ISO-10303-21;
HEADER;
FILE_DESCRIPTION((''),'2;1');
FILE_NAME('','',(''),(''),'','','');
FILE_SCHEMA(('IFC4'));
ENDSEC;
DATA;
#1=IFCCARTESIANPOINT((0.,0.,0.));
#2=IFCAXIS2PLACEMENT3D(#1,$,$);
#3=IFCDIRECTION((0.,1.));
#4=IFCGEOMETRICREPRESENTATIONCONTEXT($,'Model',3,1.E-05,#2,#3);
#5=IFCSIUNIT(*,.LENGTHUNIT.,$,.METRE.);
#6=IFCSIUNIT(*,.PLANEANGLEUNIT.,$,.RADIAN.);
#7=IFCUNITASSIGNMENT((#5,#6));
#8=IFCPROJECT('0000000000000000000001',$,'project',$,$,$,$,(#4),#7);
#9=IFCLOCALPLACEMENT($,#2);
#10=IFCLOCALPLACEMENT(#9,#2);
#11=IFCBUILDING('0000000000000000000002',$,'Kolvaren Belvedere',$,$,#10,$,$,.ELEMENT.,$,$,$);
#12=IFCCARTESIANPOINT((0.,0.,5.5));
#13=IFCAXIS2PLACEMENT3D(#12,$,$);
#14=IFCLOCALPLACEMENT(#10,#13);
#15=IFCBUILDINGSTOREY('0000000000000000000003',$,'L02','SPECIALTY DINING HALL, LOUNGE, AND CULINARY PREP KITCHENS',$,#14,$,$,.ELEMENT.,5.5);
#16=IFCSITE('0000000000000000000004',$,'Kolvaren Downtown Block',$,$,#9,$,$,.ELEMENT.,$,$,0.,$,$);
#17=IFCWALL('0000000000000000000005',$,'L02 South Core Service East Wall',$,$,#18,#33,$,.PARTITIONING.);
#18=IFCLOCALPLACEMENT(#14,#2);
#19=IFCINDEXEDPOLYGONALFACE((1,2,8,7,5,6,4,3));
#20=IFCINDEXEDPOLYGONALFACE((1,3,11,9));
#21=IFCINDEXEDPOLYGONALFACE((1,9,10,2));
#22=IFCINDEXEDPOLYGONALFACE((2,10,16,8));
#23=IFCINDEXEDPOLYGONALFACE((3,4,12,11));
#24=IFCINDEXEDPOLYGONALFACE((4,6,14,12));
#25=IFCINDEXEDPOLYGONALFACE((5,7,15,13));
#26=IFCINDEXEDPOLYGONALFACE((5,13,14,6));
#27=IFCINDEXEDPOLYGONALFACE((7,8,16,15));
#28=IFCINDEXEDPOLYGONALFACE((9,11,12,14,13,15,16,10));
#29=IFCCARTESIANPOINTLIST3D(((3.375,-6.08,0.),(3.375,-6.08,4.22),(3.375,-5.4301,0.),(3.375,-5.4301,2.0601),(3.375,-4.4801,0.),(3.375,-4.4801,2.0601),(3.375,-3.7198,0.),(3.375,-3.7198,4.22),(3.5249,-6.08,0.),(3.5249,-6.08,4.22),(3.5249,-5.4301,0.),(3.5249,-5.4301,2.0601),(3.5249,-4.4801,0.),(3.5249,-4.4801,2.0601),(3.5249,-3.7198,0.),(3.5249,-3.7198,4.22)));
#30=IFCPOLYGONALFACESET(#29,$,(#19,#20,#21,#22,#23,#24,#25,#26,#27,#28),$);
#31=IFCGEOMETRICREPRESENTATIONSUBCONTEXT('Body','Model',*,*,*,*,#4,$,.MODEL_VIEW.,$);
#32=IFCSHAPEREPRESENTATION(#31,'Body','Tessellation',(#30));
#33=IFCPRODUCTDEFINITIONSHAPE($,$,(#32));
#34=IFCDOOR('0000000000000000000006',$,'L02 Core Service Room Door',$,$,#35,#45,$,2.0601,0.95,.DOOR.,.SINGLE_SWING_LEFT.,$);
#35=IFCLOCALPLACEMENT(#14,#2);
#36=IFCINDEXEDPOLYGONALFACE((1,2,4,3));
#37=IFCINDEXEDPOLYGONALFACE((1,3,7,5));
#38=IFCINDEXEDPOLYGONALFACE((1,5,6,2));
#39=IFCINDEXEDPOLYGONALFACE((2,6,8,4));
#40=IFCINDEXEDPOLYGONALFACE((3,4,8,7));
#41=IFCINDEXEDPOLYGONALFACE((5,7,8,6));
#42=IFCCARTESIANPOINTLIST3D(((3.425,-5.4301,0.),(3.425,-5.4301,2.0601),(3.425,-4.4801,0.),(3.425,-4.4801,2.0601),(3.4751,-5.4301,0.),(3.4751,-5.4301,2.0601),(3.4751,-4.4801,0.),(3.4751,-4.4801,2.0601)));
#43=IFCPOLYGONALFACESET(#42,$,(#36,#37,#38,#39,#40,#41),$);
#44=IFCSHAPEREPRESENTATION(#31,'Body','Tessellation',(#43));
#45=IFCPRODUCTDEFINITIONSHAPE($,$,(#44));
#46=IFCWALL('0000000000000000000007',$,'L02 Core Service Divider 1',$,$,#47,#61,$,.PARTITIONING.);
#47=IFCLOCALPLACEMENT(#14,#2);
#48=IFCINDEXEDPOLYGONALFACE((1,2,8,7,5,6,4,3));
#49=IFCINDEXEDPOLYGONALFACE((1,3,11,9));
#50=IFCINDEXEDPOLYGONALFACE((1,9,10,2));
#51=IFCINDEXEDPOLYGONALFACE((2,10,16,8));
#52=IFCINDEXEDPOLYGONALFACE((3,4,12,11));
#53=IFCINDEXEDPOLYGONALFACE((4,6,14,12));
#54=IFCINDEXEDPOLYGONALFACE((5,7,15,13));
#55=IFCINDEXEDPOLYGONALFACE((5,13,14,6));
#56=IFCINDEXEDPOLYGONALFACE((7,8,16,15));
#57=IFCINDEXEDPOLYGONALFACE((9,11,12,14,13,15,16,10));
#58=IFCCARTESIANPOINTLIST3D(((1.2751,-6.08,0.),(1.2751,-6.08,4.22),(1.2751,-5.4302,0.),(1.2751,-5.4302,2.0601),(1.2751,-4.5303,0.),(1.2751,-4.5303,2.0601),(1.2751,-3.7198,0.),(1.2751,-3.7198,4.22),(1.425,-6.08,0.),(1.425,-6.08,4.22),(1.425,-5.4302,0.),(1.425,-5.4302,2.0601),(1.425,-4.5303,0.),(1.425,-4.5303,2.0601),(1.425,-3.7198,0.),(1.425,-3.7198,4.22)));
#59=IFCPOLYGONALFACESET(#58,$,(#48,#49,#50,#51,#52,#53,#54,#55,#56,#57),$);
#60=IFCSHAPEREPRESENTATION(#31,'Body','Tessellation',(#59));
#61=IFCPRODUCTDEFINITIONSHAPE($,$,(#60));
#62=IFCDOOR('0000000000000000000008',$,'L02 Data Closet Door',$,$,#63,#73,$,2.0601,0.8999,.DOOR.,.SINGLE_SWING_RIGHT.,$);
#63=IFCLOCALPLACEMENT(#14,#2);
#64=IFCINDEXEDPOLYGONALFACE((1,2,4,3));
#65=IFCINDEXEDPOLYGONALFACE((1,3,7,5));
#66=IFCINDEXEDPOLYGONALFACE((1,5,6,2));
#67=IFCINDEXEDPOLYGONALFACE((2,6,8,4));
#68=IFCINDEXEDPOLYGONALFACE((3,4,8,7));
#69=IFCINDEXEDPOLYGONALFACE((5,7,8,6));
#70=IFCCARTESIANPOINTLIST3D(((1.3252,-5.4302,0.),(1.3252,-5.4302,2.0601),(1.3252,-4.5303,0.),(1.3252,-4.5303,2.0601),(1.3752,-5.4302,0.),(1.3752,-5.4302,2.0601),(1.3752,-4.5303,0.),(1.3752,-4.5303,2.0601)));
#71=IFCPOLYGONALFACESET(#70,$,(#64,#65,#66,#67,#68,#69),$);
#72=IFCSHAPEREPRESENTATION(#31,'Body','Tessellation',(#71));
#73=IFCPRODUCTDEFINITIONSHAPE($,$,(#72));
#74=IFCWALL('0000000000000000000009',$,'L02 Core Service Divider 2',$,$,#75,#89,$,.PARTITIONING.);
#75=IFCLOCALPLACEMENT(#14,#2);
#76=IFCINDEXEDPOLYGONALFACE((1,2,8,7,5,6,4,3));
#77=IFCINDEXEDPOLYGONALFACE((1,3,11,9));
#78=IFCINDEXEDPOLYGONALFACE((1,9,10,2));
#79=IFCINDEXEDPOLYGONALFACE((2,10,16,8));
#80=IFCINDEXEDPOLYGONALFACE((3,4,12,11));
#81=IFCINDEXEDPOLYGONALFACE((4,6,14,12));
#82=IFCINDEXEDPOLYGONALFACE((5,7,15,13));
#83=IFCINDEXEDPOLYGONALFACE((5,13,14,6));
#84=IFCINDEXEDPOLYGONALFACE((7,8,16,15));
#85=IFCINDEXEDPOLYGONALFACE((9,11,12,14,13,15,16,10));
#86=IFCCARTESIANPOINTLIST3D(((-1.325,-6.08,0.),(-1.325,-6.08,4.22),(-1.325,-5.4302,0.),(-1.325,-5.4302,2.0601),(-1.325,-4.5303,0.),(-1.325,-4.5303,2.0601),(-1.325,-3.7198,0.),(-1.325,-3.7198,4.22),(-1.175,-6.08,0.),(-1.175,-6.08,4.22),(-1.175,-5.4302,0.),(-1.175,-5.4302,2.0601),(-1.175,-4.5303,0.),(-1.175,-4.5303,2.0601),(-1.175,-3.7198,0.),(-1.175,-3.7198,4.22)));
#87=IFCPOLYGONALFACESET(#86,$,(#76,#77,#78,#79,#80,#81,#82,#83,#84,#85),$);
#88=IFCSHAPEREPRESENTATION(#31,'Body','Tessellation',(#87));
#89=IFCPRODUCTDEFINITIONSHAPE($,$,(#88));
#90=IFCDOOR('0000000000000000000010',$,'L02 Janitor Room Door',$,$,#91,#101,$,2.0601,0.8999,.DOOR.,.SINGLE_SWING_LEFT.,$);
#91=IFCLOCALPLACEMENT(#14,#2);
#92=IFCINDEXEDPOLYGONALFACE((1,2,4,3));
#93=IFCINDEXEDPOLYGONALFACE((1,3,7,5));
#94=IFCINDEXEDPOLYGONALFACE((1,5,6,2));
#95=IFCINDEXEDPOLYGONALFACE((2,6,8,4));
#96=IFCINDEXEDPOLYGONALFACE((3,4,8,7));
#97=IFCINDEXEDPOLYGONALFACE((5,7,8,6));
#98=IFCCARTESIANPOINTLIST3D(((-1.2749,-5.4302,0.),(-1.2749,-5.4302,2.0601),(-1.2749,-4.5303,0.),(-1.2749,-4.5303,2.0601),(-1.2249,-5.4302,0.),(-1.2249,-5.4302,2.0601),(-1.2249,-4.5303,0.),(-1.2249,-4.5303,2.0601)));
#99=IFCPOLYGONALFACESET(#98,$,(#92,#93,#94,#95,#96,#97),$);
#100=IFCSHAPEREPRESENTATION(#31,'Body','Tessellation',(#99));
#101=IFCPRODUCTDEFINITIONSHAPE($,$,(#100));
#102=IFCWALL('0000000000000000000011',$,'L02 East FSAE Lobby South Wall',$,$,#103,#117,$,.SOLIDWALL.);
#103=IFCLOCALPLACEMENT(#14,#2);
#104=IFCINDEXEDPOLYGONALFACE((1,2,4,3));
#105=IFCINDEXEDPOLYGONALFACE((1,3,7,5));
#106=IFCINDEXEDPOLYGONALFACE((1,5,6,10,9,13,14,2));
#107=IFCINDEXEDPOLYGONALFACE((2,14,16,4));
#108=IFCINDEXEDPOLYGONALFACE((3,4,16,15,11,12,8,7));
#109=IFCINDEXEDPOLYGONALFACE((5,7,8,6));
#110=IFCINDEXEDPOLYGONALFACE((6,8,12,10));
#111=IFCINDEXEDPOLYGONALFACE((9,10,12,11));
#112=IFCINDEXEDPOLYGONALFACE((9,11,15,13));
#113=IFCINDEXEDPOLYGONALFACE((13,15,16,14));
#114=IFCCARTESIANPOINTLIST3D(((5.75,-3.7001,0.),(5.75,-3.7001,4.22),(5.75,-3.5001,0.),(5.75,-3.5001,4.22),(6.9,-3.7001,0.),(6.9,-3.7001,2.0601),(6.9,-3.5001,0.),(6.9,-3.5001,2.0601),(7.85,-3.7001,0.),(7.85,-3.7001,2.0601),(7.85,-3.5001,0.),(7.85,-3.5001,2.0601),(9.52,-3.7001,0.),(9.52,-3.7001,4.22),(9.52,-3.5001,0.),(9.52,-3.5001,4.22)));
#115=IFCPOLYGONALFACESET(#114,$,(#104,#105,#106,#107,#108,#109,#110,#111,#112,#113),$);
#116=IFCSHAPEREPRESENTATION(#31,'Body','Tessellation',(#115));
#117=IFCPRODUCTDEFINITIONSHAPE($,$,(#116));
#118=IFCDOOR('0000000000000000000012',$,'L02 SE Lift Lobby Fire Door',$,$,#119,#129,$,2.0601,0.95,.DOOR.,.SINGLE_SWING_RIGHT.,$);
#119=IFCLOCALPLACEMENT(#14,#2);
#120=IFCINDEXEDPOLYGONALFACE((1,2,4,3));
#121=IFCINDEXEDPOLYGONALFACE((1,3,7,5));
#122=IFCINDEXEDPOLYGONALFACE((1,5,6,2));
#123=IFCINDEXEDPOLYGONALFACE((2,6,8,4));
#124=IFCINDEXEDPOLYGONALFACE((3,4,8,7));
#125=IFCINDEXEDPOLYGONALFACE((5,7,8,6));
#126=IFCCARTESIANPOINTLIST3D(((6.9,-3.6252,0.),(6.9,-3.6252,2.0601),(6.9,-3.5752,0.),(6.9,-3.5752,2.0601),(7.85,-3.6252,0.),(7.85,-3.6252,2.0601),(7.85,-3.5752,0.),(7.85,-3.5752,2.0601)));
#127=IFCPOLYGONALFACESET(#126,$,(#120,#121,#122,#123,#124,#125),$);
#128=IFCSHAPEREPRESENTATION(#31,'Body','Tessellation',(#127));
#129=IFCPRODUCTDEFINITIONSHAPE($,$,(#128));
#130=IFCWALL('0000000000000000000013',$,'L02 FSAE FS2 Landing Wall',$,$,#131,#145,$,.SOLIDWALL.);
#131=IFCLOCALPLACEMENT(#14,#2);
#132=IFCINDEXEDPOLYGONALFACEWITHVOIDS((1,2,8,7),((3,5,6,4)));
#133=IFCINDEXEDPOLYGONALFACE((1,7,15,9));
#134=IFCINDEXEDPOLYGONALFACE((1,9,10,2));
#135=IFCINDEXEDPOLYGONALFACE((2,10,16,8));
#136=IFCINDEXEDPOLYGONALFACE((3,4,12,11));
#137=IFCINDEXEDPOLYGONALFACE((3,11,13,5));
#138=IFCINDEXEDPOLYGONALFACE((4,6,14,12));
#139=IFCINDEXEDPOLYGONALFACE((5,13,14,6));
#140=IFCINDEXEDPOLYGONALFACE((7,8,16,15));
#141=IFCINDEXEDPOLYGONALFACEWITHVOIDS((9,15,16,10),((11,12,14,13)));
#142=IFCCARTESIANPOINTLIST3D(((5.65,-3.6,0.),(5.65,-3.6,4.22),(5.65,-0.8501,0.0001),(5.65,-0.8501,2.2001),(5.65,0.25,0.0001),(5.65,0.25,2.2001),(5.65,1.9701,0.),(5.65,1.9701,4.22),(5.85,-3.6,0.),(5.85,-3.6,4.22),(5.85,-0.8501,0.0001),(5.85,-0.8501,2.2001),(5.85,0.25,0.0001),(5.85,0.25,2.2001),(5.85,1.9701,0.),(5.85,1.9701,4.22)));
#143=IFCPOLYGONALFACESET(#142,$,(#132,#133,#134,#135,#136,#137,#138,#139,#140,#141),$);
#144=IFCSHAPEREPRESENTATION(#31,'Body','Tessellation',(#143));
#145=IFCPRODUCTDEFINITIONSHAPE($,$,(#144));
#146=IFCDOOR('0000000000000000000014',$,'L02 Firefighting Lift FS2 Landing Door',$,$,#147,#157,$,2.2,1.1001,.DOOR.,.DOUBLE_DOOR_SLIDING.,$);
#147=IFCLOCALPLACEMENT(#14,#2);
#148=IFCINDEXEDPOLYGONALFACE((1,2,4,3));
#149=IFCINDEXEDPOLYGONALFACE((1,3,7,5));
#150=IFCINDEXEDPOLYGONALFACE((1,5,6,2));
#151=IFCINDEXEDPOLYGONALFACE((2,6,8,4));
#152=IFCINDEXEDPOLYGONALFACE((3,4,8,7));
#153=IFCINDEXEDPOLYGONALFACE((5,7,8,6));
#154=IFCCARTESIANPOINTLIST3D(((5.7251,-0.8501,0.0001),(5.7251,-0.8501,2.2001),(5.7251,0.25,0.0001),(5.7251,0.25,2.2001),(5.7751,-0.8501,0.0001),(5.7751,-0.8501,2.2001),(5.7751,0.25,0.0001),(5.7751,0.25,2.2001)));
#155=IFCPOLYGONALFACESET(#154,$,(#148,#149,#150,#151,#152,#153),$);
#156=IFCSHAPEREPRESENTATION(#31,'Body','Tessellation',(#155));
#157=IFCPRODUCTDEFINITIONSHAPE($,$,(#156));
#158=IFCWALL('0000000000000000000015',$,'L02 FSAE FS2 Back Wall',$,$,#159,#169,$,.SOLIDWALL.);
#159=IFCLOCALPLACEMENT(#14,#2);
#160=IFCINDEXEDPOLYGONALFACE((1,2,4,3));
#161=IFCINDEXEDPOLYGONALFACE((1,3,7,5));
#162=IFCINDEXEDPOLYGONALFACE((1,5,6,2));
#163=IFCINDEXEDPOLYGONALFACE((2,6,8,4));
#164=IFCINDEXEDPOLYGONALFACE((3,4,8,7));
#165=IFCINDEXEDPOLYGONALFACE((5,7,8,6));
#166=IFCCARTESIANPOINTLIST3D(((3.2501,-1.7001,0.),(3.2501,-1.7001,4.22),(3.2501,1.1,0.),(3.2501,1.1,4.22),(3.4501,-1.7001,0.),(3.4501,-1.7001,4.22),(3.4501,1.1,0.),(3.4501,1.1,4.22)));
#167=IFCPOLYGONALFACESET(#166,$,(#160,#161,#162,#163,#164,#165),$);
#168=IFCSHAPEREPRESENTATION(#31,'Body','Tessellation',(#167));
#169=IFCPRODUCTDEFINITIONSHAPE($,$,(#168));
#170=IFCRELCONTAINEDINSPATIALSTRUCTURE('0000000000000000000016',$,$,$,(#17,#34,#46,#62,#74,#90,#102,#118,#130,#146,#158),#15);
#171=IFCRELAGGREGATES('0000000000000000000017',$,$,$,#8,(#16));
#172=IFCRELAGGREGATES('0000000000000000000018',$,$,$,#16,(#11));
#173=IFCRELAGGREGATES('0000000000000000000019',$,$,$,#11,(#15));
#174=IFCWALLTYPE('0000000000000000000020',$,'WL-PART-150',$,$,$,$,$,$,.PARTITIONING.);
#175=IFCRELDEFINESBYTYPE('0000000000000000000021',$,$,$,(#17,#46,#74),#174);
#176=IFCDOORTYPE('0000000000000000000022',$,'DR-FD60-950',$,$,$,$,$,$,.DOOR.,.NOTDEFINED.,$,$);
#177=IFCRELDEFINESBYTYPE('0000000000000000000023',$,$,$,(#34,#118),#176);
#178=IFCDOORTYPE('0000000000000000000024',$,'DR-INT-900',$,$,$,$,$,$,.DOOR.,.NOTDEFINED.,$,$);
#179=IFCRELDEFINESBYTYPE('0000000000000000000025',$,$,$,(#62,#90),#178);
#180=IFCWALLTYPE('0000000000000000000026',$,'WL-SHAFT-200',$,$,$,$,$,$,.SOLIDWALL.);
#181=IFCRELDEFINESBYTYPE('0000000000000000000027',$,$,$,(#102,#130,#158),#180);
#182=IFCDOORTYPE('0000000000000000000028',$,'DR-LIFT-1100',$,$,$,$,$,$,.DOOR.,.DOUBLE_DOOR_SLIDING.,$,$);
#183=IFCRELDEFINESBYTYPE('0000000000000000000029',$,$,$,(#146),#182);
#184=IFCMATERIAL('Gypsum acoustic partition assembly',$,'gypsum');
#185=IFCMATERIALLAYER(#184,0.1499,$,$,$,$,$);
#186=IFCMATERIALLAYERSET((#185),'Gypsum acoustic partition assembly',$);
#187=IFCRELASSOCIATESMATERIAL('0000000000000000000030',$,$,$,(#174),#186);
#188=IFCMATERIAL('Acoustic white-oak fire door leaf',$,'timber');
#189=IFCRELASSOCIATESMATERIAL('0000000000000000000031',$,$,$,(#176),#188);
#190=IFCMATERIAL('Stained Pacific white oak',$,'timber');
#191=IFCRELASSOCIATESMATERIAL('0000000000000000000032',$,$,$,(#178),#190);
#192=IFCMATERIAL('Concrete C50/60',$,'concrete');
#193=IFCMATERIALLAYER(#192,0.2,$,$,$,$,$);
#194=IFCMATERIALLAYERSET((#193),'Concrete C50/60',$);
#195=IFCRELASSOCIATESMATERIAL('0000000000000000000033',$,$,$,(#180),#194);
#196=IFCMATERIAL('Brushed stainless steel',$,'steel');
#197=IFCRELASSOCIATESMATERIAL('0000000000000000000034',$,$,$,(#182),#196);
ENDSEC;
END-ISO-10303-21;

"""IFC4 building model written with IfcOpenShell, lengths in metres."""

from ifc_helpers import new_model, si_unit, direction, frame, frame_2d, origin, place, context, subcontext, project, spatial, rectangle, extrude, material, layer, layer_set, type_object, element, fill, save


model = new_model("IFC4")

# Units and contexts
model_context = context("Model", 3, precision=1e-05, world=origin(), true_north=direction((0.0, 1.0)))
body_context = subcontext(model_context, "Body", "Model", "MODEL_VIEW")
ifc_project = project(units=[si_unit("LENGTHUNIT", "METRE"), si_unit("PLANEANGLEUNIT", "RADIAN")], contexts=[model_context])

# Site, building, storey
site_placement = place(None, origin())
site = spatial("IfcSite", under=ifc_project, at=site_placement, Name="Kolvaren Downtown Block", CompositionType="ELEMENT", RefElevation=0.0)
building_placement = place(site_placement, origin())
building = spatial("IfcBuilding", under=site, at=building_placement, Name="Kolvaren Belvedere", CompositionType="ELEMENT")
storey_placement = place(building_placement, frame((0.0, 0.0, 5.5)))
storey = spatial("IfcBuildingStorey", under=building, at=storey_placement, Name="L02", Description="SPECIALTY DINING HALL, LOUNGE, AND CULINARY PREP KITCHENS", CompositionType="ELEMENT", Elevation=5.5)

# Walls, openings, doors
ifc_material_1 = material(Name="Gypsum acoustic partition assembly", Category="gypsum")
ifc_layer_1 = layer(ifc_material_1, 0.1499)
ifc_layer_set_1 = layer_set([ifc_layer_1], Name="Gypsum acoustic partition assembly")
wall_type_1 = type_object("IfcWallType", Name="WL-PART-150", PredefinedType="PARTITIONING", material=ifc_layer_set_1)
wall_1_placement = place(storey_placement, frame((3.45, -6.0801, 0.0), z_axis=(0.0, 0.0, 1.0), x_axis=(0.0, 1.0, 0.0)))
wall_1 = element("IfcWall", 1, at=wall_1_placement, inside=storey, type_object=wall_type_1, Name="L02 South Core Service East Wall", PredefinedType="PARTITIONING", context=body_context, shape_type="SweptSolid", body=[
    extrude(rectangle(XDim=2.3601, YDim=0.1499, at=frame_2d((1.1802, 0.0))), origin(), (0.0, 0.0, 1.0), 4.22),
])
opening_1_placement = place(wall_1_placement, frame((0.6499, 0.0, 0.0)))
opening_1 = element("IfcOpeningElement", 2, at=opening_1_placement, cuts=wall_1, PredefinedType="OPENING", context=body_context, shape_type="SweptSolid", body=[
    extrude(rectangle(XDim=0.95, YDim=2.0601, at=frame_2d((0.4751, 1.03))), frame((0.0, 0.085, 0.0), z_axis=(0.0, -1.0, 0.0), x_axis=(1.0, 0.0, 0.0)), (0.0, 0.0, 1.0), 0.1699),
])
ifc_material_2 = material(Name="Acoustic white-oak fire door leaf", Category="timber")
door_type_1 = type_object("IfcDoorType", Name="DR-FD60-950", OperationType="NOTDEFINED", PredefinedType="DOOR", material=ifc_material_2)
door_1_placement = place(opening_1_placement, origin())
door_1 = element("IfcDoor", 3, at=door_1_placement, inside=storey, type_object=door_type_1, Name="L02 Core Service Room Door", OperationType="SINGLE_SWING_LEFT", OverallHeight=2.0601, OverallWidth=0.95, PredefinedType="DOOR", context=body_context, shape_type="SweptSolid", body=[
    extrude(rectangle(XDim=0.95, YDim=2.0601, at=frame_2d((0.4751, 1.03))), frame((0.0, 0.0249, 0.0), z_axis=(0.0, -1.0, 0.0), x_axis=(1.0, 0.0, 0.0)), (0.0, 0.0, 1.0), 0.05),
])
fill(opening_1, door_1)
wall_2_placement = place(storey_placement, frame((1.3501, -6.0801, 0.0), z_axis=(0.0, 0.0, 1.0), x_axis=(0.0, 1.0, 0.0)))
wall_2 = element("IfcWall", 4, at=wall_2_placement, inside=storey, type_object=wall_type_1, Name="L02 Core Service Divider 1", PredefinedType="PARTITIONING", context=body_context, shape_type="SweptSolid", body=[
    extrude(rectangle(XDim=2.3601, YDim=0.1499, at=frame_2d((1.1802, 0.0))), origin(), (0.0, 0.0, 1.0), 4.22),
])
opening_2_placement = place(wall_2_placement, frame((0.6499, 0.0, 0.0)))
opening_2 = element("IfcOpeningElement", 5, at=opening_2_placement, cuts=wall_2, PredefinedType="OPENING", context=body_context, shape_type="SweptSolid", body=[
    extrude(rectangle(XDim=0.8999, YDim=2.0601, at=frame_2d((0.45, 1.03))), frame((0.0, 0.085, 0.0), z_axis=(0.0, -1.0, 0.0), x_axis=(1.0, 0.0, 0.0)), (0.0, 0.0, 1.0), 0.1699),
])
ifc_material_3 = material(Name="Stained Pacific white oak", Category="timber")
door_type_2 = type_object("IfcDoorType", Name="DR-INT-900", OperationType="NOTDEFINED", PredefinedType="DOOR", material=ifc_material_3)
door_2_placement = place(opening_2_placement, origin())
door_2 = element("IfcDoor", 6, at=door_2_placement, inside=storey, type_object=door_type_2, Name="L02 Data Closet Door", OperationType="SINGLE_SWING_RIGHT", OverallHeight=2.0601, OverallWidth=0.8999, PredefinedType="DOOR", context=body_context, shape_type="SweptSolid", body=[
    extrude(rectangle(XDim=0.8999, YDim=2.0601, at=frame_2d((0.45, 1.03))), frame((0.0, 0.0249, 0.0), z_axis=(0.0, -1.0, 0.0), x_axis=(1.0, 0.0, 0.0)), (0.0, 0.0, 1.0), 0.05),
])
fill(opening_2, door_2)
wall_3_placement = place(storey_placement, frame((-1.25, -6.0801, 0.0), z_axis=(0.0, 0.0, 1.0), x_axis=(0.0, 1.0, 0.0)))
wall_3 = element("IfcWall", 7, at=wall_3_placement, inside=storey, type_object=wall_type_1, Name="L02 Core Service Divider 2", PredefinedType="PARTITIONING", context=body_context, shape_type="SweptSolid", body=[
    extrude(rectangle(XDim=2.3601, YDim=0.1499, at=frame_2d((1.1802, 0.0))), origin(), (0.0, 0.0, 1.0), 4.22),
])
opening_3_placement = place(wall_3_placement, frame((0.6499, 0.0, 0.0)))
opening_3 = element("IfcOpeningElement", 8, at=opening_3_placement, cuts=wall_3, PredefinedType="OPENING", context=body_context, shape_type="SweptSolid", body=[
    extrude(rectangle(XDim=0.8999, YDim=2.0601, at=frame_2d((0.45, 1.03))), frame((0.0, 0.085, 0.0), z_axis=(0.0, -1.0, 0.0), x_axis=(1.0, 0.0, 0.0)), (0.0, 0.0, 1.0), 0.1699),
])
door_3_placement = place(opening_3_placement, origin())
door_3 = element("IfcDoor", 9, at=door_3_placement, inside=storey, type_object=door_type_2, Name="L02 Janitor Room Door", OperationType="SINGLE_SWING_LEFT", OverallHeight=2.0601, OverallWidth=0.8999, PredefinedType="DOOR", context=body_context, shape_type="SweptSolid", body=[
    extrude(rectangle(XDim=0.8999, YDim=2.0601, at=frame_2d((0.45, 1.03))), frame((0.0, 0.0249, 0.0), z_axis=(0.0, -1.0, 0.0), x_axis=(1.0, 0.0, 0.0)), (0.0, 0.0, 1.0), 0.05),
])
fill(opening_3, door_3)
ifc_material_4 = material(Name="Concrete C50/60", Category="concrete")
ifc_layer_2 = layer(ifc_material_4, 0.2)
ifc_layer_set_2 = layer_set([ifc_layer_2], Name="Concrete C50/60")
wall_type_2 = type_object("IfcWallType", Name="WL-SHAFT-200", PredefinedType="SOLIDWALL", material=ifc_layer_set_2)
wall_4_placement = place(storey_placement, frame((5.75, -3.6001, 0.0), z_axis=(0.0, 0.0, 1.0), x_axis=(1.0, 0.0, 0.0)))
wall_4 = element("IfcWall", 10, at=wall_4_placement, inside=storey, type_object=wall_type_2, Name="L02 East FSAE Lobby South Wall", PredefinedType="SOLIDWALL", context=body_context, shape_type="SweptSolid", body=[
    extrude(rectangle(XDim=3.77, YDim=0.2, at=frame_2d((1.885, 0.0))), origin(), (0.0, 0.0, 1.0), 4.22),
])
opening_4_placement = place(wall_4_placement, frame((1.1499, 0.0, 0.0)))
opening_4 = element("IfcOpeningElement", 11, at=opening_4_placement, cuts=wall_4, PredefinedType="OPENING", context=body_context, shape_type="SweptSolid", body=[
    extrude(rectangle(XDim=0.95, YDim=2.0601, at=frame_2d((0.4751, 1.03))), frame((0.0, 0.1099, 0.0), z_axis=(0.0, -1.0, 0.0), x_axis=(1.0, 0.0, 0.0)), (0.0, 0.0, 1.0), 0.22),
])
door_4_placement = place(opening_4_placement, origin())
door_4 = element("IfcDoor", 12, at=door_4_placement, inside=storey, type_object=door_type_1, Name="L02 SE Lift Lobby Fire Door", OperationType="SINGLE_SWING_RIGHT", OverallHeight=2.0601, OverallWidth=0.95, PredefinedType="DOOR", context=body_context, shape_type="SweptSolid", body=[
    extrude(rectangle(XDim=0.95, YDim=2.0601, at=frame_2d((0.4751, 1.03))), frame((0.0, 0.0249, 0.0), z_axis=(0.0, -1.0, 0.0), x_axis=(1.0, 0.0, 0.0)), (0.0, 0.0, 1.0), 0.05),
])
fill(opening_4, door_4)
wall_5_placement = place(storey_placement, frame((5.75, -3.6001, 0.0), z_axis=(0.0, 0.0, 1.0), x_axis=(0.0, 1.0, 0.0)))
wall_5 = element("IfcWall", 13, at=wall_5_placement, inside=storey, type_object=wall_type_2, Name="L02 FSAE FS2 Landing Wall", PredefinedType="SOLIDWALL", context=body_context, shape_type="SweptSolid", body=[
    extrude(rectangle(XDim=5.5701, YDim=0.2, at=frame_2d((2.7852, 0.0))), origin(), (0.0, 0.0, 1.0), 4.22),
])
opening_5_placement = place(wall_5_placement, frame((2.75, 0.0, 0.0)))
opening_5 = element("IfcOpeningElement", 14, at=opening_5_placement, cuts=wall_5, PredefinedType="OPENING", context=body_context, shape_type="SweptSolid", body=[
    extrude(rectangle(XDim=1.1001, YDim=2.2, at=frame_2d((0.55, 1.1001))), frame((0.0, 0.1099, 0.0), z_axis=(0.0, -1.0, 0.0), x_axis=(1.0, 0.0, 0.0)), (0.0, 0.0, 1.0), 0.22),
])
ifc_material_5 = material(Name="Brushed stainless steel", Category="steel")
door_type_3 = type_object("IfcDoorType", Name="DR-LIFT-1100", OperationType="DOUBLE_DOOR_SLIDING", PredefinedType="DOOR", material=ifc_material_5)
door_5_placement = place(opening_5_placement, origin())
door_5 = element("IfcDoor", 15, at=door_5_placement, inside=storey, type_object=door_type_3, Name="L02 Firefighting Lift FS2 Landing Door", OperationType="DOUBLE_DOOR_SLIDING", OverallHeight=2.2, OverallWidth=1.1001, PredefinedType="DOOR", context=body_context, shape_type="SweptSolid", body=[
    extrude(rectangle(XDim=1.1001, YDim=2.2, at=frame_2d((0.55, 1.1001))), frame((0.0, 0.0249, 0.0), z_axis=(0.0, -1.0, 0.0), x_axis=(1.0, 0.0, 0.0)), (0.0, 0.0, 1.0), 0.05),
])
fill(opening_5, door_5)

# Wall
wall_6_placement = place(storey_placement, frame((3.3501, -1.7, 0.0), z_axis=(0.0, 0.0, 1.0), x_axis=(0.0, 1.0, 0.0)))
element("IfcWall", 16, at=wall_6_placement, inside=storey, type_object=wall_type_2, Name="L02 FSAE FS2 Back Wall", PredefinedType="SOLIDWALL", context=body_context, shape_type="SweptSolid", body=[
    extrude(rectangle(XDim=2.8, YDim=0.2, at=frame_2d((1.3999, 0.0))), origin(), (0.0, 0.0, 1.0), 4.22),
])

save(model, "model.ifc")
